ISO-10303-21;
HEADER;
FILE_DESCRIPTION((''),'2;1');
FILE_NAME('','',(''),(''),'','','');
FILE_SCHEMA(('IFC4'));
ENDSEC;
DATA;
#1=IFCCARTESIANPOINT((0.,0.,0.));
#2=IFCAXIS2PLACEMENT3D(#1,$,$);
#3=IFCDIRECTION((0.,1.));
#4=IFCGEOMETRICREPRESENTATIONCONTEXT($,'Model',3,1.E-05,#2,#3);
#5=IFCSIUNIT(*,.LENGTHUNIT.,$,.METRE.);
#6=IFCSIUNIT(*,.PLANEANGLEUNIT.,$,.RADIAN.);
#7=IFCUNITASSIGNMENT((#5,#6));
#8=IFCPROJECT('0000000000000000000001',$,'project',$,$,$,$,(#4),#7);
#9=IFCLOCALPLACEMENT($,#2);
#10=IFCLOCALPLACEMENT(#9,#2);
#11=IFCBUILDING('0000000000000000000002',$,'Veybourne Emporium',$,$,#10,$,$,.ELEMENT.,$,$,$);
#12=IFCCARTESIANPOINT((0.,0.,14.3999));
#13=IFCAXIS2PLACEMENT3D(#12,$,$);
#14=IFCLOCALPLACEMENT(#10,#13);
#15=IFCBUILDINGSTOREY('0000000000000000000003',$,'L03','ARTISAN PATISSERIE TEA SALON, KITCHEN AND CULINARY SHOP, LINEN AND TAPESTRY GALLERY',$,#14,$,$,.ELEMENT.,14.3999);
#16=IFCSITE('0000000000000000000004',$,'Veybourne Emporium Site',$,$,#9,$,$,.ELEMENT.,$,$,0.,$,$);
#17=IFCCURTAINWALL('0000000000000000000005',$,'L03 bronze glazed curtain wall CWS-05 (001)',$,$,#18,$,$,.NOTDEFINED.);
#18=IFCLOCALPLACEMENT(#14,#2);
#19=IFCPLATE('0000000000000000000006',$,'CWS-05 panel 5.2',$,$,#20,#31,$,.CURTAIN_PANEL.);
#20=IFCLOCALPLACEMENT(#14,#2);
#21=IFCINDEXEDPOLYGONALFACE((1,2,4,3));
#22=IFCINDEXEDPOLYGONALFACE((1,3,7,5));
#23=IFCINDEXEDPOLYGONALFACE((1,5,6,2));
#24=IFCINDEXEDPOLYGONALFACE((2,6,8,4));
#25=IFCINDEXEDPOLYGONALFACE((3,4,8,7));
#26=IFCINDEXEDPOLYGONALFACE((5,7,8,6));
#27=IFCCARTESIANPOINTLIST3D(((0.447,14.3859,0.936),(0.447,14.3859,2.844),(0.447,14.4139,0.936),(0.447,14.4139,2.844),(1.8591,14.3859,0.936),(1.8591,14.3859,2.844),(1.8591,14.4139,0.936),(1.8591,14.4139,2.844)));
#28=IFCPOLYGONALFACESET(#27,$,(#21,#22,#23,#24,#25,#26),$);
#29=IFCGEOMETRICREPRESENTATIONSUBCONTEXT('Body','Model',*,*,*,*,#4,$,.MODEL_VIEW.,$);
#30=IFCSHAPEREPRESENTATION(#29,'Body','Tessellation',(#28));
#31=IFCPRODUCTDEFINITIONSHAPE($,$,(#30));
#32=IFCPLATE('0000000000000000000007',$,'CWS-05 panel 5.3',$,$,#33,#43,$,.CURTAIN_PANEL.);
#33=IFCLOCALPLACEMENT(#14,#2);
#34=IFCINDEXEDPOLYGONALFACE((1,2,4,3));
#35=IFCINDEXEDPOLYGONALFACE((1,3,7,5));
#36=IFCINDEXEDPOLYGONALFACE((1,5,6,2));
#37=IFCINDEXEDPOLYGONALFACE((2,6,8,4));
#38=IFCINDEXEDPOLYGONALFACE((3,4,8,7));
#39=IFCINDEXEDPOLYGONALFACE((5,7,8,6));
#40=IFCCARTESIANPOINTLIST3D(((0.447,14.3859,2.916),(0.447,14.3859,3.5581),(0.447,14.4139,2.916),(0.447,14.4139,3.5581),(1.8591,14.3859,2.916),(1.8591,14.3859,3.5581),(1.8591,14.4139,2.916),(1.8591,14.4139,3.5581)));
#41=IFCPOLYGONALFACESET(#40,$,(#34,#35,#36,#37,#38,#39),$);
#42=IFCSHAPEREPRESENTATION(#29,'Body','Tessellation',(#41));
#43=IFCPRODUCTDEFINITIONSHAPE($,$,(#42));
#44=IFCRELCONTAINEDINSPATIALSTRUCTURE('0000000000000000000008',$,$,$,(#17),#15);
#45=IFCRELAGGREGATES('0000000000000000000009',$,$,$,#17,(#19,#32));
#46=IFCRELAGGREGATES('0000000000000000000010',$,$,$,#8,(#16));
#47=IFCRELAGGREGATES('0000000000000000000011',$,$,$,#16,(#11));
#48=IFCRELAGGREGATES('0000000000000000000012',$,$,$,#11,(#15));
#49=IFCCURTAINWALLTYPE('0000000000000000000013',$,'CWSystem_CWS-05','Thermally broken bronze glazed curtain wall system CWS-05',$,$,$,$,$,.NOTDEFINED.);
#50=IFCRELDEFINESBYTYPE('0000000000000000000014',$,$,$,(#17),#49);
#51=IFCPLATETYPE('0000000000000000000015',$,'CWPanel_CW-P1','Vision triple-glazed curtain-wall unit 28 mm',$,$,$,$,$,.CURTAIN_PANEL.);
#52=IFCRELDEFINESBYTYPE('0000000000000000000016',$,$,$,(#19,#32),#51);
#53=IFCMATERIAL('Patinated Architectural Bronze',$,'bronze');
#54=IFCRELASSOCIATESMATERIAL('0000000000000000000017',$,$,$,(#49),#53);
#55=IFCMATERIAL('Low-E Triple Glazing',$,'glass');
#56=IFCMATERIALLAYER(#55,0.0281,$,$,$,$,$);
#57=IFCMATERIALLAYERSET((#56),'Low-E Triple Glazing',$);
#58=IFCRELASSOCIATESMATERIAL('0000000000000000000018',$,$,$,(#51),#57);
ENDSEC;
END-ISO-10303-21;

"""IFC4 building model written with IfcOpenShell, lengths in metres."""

from ifc_helpers import new_model, si_unit, direction, frame, origin, origin_2d, place, context, subcontext, project, spatial, rectangle, extrude, material, layer, layer_set, type_object, element, aggregate, save


model = new_model("IFC4")

# Units and contexts
model_context = context("Model", 3, precision=1e-05, world=origin(), true_north=direction((0.0, 1.0)))
body_context = subcontext(model_context, "Body", "Model", "MODEL_VIEW")
ifc_project = project(units=[si_unit("LENGTHUNIT", "METRE"), si_unit("PLANEANGLEUNIT", "RADIAN")], contexts=[model_context])

# Site, building, storey
site_placement = place(None, origin())
site = spatial("IfcSite", under=ifc_project, at=site_placement, Name="Veybourne Emporium Site", CompositionType="ELEMENT", RefElevation=0.0)
building_placement = place(site_placement, origin())
building = spatial("IfcBuilding", under=site, at=building_placement, Name="Veybourne Emporium", CompositionType="ELEMENT")
storey_placement = place(building_placement, frame((0.0, 0.0, 14.3999)))
storey = spatial("IfcBuildingStorey", under=building, at=storey_placement, Name="L03", Description="ARTISAN PATISSERIE TEA SALON, KITCHEN AND CULINARY SHOP, LINEN AND TAPESTRY GALLERY", CompositionType="ELEMENT", Elevation=14.3999)

# Curtain wall, plates
ifc_material_1 = material(Name="Patinated Architectural Bronze", Category="bronze")
curtain_wall_type = type_object("IfcCurtainWallType", Name="CWSystem_CWS-05", Description="Thermally broken bronze glazed curtain wall system CWS-05", PredefinedType="NOTDEFINED", material=ifc_material_1)
curtain_wall_placement = place(storey_placement, origin())
curtain_wall = element("IfcCurtainWall", 1, at=curtain_wall_placement, inside=storey, type_object=curtain_wall_type, Name="L03 bronze glazed curtain wall CWS-05 (001)", PredefinedType="NOTDEFINED")
ifc_material_2 = material(Name="Low-E Triple Glazing", Category="glass")
ifc_layer = layer(ifc_material_2, 0.0281)
ifc_layer_set = layer_set([ifc_layer], Name="Low-E Triple Glazing")
plate_type = type_object("IfcPlateType", Name="CWPanel_CW-P1", Description="Vision triple-glazed curtain-wall unit 28 mm", PredefinedType="CURTAIN_PANEL", material=ifc_layer_set)
plate_1_placement = place(storey_placement, frame((1.1531, 14.3999, 0.936), z_axis=(0.0, 0.0, 1.0), x_axis=(-1.0, 0.0, 0.0)))
plate_1 = element("IfcPlate", 2, at=plate_1_placement, type_object=plate_type, Name="CWS-05 panel 5.2", PredefinedType="CURTAIN_PANEL", context=body_context, shape_type="SweptSolid", body=[
    extrude(rectangle(XDim=1.4121, YDim=0.0281, at=origin_2d()), origin(), (0.0, 0.0, 1.0), 1.908),
])
plate_2_placement = place(storey_placement, frame((1.1531, 14.3999, 2.916), z_axis=(0.0, 0.0, 1.0), x_axis=(-1.0, 0.0, 0.0)))
plate_2 = element("IfcPlate", 3, at=plate_2_placement, type_object=plate_type, Name="CWS-05 panel 5.3", PredefinedType="CURTAIN_PANEL", context=body_context, shape_type="SweptSolid", body=[
    extrude(rectangle(XDim=1.4121, YDim=0.0281, at=origin_2d()), origin(), (0.0, 0.0, 1.0), 0.6421),
])
aggregate(curtain_wall, [plate_1, plate_2])

save(model, "model.ifc")
